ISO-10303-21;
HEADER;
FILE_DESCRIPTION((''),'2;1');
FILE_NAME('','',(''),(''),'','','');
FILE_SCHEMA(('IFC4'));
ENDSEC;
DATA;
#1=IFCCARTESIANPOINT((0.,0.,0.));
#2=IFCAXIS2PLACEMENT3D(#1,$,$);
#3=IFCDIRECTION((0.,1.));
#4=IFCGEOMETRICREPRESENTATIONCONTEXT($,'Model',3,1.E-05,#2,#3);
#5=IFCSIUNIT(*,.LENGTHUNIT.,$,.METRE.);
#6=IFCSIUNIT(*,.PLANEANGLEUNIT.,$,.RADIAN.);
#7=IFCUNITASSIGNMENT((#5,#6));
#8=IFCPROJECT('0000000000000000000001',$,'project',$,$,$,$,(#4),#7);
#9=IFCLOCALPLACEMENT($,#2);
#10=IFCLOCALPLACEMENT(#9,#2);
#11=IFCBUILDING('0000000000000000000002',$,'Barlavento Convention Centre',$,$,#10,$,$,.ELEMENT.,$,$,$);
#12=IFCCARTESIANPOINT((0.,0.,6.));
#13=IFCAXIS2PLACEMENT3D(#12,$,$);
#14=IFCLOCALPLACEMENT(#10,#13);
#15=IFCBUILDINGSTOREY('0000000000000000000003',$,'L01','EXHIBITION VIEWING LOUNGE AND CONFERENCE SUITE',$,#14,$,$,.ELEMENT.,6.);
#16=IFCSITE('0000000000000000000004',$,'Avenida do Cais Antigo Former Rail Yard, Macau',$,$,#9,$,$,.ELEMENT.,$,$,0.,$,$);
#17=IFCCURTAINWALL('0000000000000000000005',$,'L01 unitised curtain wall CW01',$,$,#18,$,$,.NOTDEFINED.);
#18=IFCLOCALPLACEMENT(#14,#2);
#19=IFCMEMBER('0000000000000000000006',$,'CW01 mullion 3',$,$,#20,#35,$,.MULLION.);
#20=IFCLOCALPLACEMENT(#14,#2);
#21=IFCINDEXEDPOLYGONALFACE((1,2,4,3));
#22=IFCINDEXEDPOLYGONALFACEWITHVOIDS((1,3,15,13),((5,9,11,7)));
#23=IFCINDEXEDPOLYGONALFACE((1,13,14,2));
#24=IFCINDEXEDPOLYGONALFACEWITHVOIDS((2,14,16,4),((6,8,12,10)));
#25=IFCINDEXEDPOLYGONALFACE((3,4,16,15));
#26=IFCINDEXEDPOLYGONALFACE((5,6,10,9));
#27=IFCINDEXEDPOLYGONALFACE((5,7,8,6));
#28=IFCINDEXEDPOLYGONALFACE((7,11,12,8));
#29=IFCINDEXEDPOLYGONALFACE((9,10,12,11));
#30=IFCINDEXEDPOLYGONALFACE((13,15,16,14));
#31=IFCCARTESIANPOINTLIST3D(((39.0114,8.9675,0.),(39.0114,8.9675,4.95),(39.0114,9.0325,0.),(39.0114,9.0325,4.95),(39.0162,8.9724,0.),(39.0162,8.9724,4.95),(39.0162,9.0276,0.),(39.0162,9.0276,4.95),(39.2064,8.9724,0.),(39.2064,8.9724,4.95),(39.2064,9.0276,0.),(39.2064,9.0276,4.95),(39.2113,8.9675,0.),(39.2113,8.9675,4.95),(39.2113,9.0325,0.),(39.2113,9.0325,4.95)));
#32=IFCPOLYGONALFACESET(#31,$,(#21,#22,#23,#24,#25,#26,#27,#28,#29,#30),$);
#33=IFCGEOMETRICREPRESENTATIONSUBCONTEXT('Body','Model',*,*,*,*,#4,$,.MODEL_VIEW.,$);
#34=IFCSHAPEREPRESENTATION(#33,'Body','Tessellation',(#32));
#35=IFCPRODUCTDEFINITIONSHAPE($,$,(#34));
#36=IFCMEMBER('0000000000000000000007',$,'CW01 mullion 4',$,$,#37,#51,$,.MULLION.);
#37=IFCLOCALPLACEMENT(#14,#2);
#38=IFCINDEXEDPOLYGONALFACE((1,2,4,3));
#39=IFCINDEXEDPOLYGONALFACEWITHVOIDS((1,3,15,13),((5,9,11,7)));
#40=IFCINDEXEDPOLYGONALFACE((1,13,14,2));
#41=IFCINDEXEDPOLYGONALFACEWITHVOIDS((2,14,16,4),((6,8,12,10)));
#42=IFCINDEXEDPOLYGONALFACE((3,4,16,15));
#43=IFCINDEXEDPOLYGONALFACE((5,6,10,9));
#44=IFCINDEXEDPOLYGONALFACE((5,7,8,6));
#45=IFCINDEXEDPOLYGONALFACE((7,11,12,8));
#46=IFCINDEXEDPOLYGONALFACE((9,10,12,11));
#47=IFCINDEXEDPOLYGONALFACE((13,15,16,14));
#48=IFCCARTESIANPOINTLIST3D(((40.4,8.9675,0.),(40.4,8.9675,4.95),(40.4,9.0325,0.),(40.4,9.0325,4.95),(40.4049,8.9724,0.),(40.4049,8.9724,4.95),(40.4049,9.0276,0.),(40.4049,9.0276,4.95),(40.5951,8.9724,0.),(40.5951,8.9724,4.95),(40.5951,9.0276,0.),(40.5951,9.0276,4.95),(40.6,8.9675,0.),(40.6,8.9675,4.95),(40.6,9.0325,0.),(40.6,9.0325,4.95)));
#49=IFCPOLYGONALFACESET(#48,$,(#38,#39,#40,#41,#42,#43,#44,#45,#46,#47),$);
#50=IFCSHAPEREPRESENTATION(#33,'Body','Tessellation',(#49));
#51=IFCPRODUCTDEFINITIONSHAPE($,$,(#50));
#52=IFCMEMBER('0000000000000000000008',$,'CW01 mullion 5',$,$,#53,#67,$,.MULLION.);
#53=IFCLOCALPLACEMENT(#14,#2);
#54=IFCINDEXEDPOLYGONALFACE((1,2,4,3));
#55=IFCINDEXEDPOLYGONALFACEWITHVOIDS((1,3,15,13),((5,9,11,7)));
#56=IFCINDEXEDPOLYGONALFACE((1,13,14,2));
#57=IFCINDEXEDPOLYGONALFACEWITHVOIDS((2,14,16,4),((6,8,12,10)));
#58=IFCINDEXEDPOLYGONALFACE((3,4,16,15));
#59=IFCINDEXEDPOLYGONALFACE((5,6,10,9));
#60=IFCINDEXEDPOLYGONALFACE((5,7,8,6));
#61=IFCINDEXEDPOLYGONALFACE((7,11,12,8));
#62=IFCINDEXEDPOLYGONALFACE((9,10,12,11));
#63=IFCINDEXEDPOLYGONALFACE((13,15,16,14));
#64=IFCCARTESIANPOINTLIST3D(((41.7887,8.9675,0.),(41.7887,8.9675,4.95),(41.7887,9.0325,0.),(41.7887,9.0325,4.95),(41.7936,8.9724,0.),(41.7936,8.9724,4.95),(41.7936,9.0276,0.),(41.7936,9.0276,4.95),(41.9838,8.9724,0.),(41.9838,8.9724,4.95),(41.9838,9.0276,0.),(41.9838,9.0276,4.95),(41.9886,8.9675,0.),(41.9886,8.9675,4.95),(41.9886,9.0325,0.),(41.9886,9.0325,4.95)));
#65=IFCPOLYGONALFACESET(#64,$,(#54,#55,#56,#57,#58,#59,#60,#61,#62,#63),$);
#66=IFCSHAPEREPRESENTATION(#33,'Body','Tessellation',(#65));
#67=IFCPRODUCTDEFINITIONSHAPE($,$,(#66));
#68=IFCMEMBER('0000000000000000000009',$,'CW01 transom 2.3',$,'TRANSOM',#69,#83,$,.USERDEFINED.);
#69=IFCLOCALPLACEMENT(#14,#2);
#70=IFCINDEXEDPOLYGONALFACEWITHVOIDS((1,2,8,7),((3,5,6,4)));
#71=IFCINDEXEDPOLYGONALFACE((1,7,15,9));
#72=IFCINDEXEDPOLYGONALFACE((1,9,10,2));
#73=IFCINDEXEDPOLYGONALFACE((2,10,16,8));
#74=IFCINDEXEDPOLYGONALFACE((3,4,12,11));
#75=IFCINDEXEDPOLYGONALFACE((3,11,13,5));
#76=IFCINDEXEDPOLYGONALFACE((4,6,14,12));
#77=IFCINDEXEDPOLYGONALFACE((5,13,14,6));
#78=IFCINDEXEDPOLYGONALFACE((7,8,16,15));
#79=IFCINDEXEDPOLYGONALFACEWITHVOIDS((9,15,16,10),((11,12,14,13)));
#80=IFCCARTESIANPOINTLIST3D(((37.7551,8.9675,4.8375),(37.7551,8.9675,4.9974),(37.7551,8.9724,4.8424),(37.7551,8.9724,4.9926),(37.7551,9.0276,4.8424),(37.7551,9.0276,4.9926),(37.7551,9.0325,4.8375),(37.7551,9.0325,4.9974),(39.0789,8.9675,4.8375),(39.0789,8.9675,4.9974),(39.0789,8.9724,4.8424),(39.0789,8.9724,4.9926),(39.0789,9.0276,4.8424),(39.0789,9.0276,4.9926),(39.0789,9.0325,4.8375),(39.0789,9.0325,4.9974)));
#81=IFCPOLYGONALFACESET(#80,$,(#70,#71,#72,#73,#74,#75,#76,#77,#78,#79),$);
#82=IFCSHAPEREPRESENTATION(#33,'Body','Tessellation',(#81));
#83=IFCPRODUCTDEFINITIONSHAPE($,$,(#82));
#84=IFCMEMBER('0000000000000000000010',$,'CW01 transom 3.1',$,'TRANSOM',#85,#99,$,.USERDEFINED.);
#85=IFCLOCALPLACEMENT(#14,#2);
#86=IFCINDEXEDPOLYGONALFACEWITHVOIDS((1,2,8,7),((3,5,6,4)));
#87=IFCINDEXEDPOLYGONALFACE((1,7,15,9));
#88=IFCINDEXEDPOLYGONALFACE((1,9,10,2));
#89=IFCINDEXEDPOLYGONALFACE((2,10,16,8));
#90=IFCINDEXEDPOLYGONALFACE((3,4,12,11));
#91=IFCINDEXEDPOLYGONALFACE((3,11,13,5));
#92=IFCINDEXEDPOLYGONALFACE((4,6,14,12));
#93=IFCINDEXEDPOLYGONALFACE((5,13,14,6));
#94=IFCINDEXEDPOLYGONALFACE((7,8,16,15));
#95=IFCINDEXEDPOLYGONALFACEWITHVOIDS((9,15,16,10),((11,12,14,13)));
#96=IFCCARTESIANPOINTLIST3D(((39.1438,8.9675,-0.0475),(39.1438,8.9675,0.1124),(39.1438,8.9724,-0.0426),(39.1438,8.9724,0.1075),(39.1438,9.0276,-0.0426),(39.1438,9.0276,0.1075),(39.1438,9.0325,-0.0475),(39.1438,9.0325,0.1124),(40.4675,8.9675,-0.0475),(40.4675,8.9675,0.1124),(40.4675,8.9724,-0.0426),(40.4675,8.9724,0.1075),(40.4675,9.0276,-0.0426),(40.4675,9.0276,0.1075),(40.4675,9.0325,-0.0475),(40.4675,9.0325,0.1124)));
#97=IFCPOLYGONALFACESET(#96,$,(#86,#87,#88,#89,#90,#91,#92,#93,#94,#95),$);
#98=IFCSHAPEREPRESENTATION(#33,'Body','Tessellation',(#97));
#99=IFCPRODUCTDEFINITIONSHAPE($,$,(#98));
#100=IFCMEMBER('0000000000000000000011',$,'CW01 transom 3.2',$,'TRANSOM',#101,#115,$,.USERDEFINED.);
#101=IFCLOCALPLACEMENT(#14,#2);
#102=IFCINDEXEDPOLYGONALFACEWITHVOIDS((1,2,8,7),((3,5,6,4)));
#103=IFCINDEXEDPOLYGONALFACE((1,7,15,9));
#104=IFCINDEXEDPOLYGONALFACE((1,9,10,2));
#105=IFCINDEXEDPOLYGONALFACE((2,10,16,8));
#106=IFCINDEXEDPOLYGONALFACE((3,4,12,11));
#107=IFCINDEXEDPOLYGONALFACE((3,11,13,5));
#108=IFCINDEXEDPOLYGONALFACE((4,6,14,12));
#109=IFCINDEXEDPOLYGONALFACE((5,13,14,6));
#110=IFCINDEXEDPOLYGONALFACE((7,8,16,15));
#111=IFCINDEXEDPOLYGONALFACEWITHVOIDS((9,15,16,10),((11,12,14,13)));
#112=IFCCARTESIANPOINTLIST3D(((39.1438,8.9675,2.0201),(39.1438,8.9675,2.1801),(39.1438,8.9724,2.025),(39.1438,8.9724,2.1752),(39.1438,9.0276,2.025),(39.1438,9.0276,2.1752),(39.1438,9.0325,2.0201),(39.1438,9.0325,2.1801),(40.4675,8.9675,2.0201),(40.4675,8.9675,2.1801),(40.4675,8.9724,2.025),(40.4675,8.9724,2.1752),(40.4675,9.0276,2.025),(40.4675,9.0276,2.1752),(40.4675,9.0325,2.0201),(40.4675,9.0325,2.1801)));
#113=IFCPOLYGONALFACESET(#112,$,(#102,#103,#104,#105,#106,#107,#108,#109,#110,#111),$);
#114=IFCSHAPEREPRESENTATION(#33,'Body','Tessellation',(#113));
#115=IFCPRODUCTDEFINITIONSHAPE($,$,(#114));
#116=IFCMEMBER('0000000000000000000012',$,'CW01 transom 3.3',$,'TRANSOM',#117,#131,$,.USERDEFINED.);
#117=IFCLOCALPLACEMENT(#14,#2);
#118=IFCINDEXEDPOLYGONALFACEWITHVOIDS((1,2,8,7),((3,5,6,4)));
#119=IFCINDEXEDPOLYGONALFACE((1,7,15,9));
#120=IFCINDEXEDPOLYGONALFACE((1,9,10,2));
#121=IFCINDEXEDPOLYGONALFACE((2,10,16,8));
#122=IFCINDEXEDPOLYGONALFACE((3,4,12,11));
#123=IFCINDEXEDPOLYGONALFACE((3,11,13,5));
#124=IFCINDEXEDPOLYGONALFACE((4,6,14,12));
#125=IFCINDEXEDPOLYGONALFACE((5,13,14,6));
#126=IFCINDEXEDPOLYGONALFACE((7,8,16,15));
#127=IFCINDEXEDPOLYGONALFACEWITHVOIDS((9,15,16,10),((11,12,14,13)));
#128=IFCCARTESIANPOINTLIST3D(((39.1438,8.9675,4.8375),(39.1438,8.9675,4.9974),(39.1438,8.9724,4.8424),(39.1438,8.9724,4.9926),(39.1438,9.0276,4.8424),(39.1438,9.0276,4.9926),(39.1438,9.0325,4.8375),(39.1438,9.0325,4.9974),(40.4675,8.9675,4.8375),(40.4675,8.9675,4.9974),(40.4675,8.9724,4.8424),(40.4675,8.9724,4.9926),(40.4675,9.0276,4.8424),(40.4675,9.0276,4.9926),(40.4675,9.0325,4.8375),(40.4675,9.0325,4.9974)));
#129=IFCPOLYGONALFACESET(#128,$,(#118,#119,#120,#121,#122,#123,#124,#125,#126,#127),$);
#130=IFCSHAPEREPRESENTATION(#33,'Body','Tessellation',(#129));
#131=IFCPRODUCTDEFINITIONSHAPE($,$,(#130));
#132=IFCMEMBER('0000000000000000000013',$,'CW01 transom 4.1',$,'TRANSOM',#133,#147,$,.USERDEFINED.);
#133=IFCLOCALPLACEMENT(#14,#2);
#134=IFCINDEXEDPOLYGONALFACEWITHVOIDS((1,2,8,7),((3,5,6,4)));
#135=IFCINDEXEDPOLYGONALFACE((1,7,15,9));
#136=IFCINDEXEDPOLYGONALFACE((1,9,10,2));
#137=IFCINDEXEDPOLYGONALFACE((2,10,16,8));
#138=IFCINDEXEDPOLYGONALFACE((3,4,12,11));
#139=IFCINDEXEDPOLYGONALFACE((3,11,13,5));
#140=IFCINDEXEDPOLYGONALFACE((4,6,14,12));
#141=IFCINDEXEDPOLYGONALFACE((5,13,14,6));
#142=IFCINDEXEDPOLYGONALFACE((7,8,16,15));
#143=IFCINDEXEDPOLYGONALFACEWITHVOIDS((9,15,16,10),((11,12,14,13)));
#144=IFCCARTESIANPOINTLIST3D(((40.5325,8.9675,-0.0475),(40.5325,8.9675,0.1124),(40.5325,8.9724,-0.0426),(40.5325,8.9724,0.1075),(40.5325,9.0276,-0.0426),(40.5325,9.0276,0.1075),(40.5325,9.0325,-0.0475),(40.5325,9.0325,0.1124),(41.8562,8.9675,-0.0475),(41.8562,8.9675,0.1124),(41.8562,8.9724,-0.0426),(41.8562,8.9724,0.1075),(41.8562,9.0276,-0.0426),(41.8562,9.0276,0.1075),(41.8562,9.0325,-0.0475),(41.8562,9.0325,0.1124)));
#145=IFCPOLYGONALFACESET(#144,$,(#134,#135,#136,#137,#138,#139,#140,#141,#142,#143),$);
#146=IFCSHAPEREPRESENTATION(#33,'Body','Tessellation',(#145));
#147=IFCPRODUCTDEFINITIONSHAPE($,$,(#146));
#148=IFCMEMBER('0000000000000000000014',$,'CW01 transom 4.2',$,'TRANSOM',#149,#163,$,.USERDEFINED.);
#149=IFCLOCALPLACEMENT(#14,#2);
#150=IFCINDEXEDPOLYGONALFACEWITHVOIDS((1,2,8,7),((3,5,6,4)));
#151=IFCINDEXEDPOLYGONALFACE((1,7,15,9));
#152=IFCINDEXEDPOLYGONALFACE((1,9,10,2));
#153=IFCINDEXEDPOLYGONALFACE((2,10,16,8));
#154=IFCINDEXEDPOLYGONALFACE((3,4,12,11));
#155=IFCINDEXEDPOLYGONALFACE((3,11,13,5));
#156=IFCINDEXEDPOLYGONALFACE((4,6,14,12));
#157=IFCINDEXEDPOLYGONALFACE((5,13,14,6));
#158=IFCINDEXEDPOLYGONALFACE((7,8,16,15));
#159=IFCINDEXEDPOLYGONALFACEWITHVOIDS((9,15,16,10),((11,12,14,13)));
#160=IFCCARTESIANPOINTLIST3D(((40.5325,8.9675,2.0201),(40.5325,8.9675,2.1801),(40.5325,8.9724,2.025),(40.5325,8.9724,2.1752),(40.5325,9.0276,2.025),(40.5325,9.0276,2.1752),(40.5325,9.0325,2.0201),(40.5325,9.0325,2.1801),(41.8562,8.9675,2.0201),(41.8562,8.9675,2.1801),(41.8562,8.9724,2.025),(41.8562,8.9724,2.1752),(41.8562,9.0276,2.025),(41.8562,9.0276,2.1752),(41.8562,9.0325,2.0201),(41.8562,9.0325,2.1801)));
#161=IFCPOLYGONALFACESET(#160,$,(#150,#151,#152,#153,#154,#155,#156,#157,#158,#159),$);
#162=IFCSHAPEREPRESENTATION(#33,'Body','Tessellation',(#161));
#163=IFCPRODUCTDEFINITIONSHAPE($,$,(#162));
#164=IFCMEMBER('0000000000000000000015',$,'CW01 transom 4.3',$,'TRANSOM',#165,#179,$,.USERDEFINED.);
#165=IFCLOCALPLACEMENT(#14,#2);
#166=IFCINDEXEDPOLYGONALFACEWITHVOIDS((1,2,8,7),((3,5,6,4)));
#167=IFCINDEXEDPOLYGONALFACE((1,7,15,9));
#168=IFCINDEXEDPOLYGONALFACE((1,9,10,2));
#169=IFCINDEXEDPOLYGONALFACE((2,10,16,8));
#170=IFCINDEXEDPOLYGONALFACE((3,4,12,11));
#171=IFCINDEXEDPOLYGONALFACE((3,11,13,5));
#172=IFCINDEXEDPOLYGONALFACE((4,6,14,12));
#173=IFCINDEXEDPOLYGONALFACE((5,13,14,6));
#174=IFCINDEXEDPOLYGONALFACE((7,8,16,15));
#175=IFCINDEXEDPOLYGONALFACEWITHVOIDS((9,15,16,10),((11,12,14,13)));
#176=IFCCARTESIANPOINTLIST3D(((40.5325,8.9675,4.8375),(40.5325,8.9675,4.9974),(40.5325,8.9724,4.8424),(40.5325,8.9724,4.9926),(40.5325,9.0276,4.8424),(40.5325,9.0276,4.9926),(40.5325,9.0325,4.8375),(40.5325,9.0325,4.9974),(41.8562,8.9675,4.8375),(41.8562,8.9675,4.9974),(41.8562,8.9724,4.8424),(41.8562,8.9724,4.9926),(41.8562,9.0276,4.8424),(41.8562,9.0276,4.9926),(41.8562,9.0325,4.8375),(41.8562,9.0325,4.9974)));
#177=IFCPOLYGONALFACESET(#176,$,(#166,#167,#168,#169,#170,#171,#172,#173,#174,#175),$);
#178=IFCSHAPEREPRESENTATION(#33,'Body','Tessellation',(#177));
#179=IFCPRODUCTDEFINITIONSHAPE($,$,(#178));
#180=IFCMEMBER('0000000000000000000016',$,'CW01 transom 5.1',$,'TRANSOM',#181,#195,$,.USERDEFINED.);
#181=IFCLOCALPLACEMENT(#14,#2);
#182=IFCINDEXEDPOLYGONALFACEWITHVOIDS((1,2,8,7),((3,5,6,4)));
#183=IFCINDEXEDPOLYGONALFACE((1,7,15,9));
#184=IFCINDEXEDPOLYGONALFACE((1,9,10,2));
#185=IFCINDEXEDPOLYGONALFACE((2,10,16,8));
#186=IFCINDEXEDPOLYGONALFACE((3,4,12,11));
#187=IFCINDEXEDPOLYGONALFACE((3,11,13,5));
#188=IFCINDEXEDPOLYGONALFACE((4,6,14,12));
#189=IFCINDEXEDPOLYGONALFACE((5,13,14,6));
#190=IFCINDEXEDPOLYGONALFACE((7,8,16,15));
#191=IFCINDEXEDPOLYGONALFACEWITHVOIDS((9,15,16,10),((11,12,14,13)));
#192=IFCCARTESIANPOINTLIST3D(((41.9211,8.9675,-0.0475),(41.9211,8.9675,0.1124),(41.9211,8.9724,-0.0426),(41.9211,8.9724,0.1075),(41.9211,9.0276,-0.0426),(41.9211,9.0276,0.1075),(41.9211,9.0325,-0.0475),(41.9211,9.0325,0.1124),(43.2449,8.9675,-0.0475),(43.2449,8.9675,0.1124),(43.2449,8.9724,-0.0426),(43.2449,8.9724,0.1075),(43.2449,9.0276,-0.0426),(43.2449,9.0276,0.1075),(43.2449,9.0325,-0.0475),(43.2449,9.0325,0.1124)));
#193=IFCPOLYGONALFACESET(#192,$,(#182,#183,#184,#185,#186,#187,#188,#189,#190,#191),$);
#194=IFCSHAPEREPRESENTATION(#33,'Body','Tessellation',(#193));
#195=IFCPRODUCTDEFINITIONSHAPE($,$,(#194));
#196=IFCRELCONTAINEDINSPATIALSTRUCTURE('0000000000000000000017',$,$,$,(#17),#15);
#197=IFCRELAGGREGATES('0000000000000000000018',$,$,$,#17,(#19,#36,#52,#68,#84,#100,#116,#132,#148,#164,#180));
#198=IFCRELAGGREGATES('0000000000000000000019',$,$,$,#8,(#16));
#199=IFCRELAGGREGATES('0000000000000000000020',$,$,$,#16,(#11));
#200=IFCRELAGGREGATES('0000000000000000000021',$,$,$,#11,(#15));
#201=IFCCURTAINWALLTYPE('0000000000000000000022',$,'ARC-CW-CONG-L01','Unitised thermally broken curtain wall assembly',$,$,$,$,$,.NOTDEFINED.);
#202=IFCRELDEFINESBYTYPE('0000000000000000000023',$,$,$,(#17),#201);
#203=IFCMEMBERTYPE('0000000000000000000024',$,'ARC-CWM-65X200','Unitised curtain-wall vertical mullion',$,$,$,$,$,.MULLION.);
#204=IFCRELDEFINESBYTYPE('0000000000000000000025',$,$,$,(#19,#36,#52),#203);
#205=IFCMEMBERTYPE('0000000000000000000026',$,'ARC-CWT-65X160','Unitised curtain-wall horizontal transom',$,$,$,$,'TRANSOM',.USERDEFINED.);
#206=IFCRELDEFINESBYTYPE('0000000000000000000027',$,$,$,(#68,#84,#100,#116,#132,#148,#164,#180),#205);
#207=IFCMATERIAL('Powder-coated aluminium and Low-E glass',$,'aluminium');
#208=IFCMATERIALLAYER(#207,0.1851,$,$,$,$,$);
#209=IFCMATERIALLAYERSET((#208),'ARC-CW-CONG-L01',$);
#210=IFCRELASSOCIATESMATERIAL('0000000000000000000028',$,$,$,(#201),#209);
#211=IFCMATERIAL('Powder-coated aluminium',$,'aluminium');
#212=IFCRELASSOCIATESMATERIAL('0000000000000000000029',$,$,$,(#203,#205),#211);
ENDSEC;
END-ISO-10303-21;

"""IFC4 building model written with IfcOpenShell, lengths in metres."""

from ifc_helpers import new_model, si_unit, direction, frame, origin, origin_2d, place, context, subcontext, project, spatial, hollow_rectangle, extrude, material, layer, layer_set, material_profile, profile_set, type_object, element, aggregate, save


model = new_model("IFC4")

# Units and contexts
model_context = context("Model", 3, precision=1e-05, world=origin(), true_north=direction((0.0, 1.0)))
body_context = subcontext(model_context, "Body", "Model", "MODEL_VIEW")
ifc_project = project(units=[si_unit("LENGTHUNIT", "METRE"), si_unit("PLANEANGLEUNIT", "RADIAN")], contexts=[model_context])

# Site, building, storey
site_placement = place(None, origin())
site = spatial("IfcSite", under=ifc_project, at=site_placement, Name="Avenida do Cais Antigo Former Rail Yard, Macau", CompositionType="ELEMENT", RefElevation=0.0)
building_placement = place(site_placement, origin())
building = spatial("IfcBuilding", under=site, at=building_placement, Name="Barlavento Convention Centre", CompositionType="ELEMENT")
storey_placement = place(building_placement, frame((0.0, 0.0, 6.0)))
storey = spatial("IfcBuildingStorey", under=building, at=storey_placement, Name="L01", Description="EXHIBITION VIEWING LOUNGE AND CONFERENCE SUITE", CompositionType="ELEMENT", Elevation=6.0)

# Curtain wall, members
ifc_material_1 = material(Name="Powder-coated aluminium and Low-E glass", Category="aluminium")
ifc_layer_1 = layer(ifc_material_1, 0.1851)
ifc_layer_set_1 = layer_set([ifc_layer_1], Name="ARC-CW-CONG-L01")
curtain_wall_type = type_object("IfcCurtainWallType", Name="ARC-CW-CONG-L01", Description="Unitised thermally broken curtain wall assembly", PredefinedType="NOTDEFINED", material=ifc_layer_set_1)
curtain_wall_placement = place(storey_placement, origin())
curtain_wall = element("IfcCurtainWall", 1, at=curtain_wall_placement, inside=storey, type_object=curtain_wall_type, Name="L01 unitised curtain wall CW01", PredefinedType="NOTDEFINED")
ifc_material_2 = material(Name="Powder-coated aluminium", Category="aluminium")
ifc_material_profile_1 = material_profile(ifc_material_2, hollow_rectangle(XDim=0.0649, YDim=0.2, WallThickness=0.0049, at=origin_2d()), Name="AL-MULL 65x200x5")
ifc_profile_set_1 = profile_set([ifc_material_profile_1], Name="Powder-coated aluminium")
member_type_1 = type_object("IfcMemberType", Name="ARC-CWM-65X200", Description="Unitised curtain-wall vertical mullion", PredefinedType="MULLION", material=ifc_profile_set_1)
member_1_placement = place(storey_placement, frame((39.1113, 9.0, 0.0), z_axis=(0.0, 0.0, 1.0), x_axis=(0.0, 1.0, 0.0)))
member_1 = element("IfcMember", 2, at=member_1_placement, type_object=member_type_1, Name="CW01 mullion 3", PredefinedType="MULLION", context=body_context, shape_type="SweptSolid", body=[
    extrude(hollow_rectangle(XDim=0.0649, YDim=0.2, WallThickness=0.0049, at=origin_2d()), origin(), (0.0, 0.0, 1.0), 4.95),
])
member_2_placement = place(storey_placement, frame((40.5, 9.0, 0.0), z_axis=(0.0, 0.0, 1.0), x_axis=(0.0, 1.0, 0.0)))
member_2 = element("IfcMember", 3, at=member_2_placement, type_object=member_type_1, Name="CW01 mullion 4", PredefinedType="MULLION", context=body_context, shape_type="SweptSolid", body=[
    extrude(hollow_rectangle(XDim=0.0649, YDim=0.2, WallThickness=0.0049, at=origin_2d()), origin(), (0.0, 0.0, 1.0), 4.95),
])
member_3_placement = place(storey_placement, frame((41.8887, 9.0, 0.0), z_axis=(0.0, 0.0, 1.0), x_axis=(0.0, 1.0, 0.0)))
member_3 = element("IfcMember", 4, at=member_3_placement, type_object=member_type_1, Name="CW01 mullion 5", PredefinedType="MULLION", context=body_context, shape_type="SweptSolid", body=[
    extrude(hollow_rectangle(XDim=0.0649, YDim=0.2, WallThickness=0.0049, at=origin_2d()), origin(), (0.0, 0.0, 1.0), 4.95),
])
ifc_material_profile_2 = material_profile(ifc_material_2, hollow_rectangle(XDim=0.0649, YDim=0.1599, WallThickness=0.0049, at=origin_2d()), Name="AL-TRAN 65x160x5")
ifc_profile_set_2 = profile_set([ifc_material_profile_2], Name="Powder-coated aluminium")
member_type_2 = type_object("IfcMemberType", Name="ARC-CWT-65X160", Description="Unitised curtain-wall horizontal transom", ElementType="TRANSOM", PredefinedType="USERDEFINED", material=ifc_profile_set_2)
member_4_placement = place(storey_placement, frame((37.7551, 9.0, 4.9175), z_axis=(1.0, 0.0, 0.0), x_axis=(0.0, 1.0, 0.0)))
member_4 = element("IfcMember", 5, at=member_4_placement, type_object=member_type_2, Name="CW01 transom 2.3", ObjectType="TRANSOM", PredefinedType="USERDEFINED", context=body_context, shape_type="SweptSolid", body=[
    extrude(hollow_rectangle(XDim=0.0649, YDim=0.1599, WallThickness=0.0049, at=origin_2d()), origin(), (0.0, 0.0, 1.0), 1.3237),
])
member_5_placement = place(storey_placement, frame((39.1438, 9.0, 0.0325), z_axis=(1.0, 0.0, 0.0), x_axis=(0.0, 1.0, 0.0)))
member_5 = element("IfcMember", 6, at=member_5_placement, type_object=member_type_2, Name="CW01 transom 3.1", ObjectType="TRANSOM", PredefinedType="USERDEFINED", context=body_context, shape_type="SweptSolid", body=[
    extrude(hollow_rectangle(XDim=0.0649, YDim=0.1599, WallThickness=0.0049, at=origin_2d()), origin(), (0.0, 0.0, 1.0), 1.3237),
])
member_6_placement = place(storey_placement, frame((39.1438, 9.0, 2.1001), z_axis=(1.0, 0.0, 0.0), x_axis=(0.0, 1.0, 0.0)))
member_6 = element("IfcMember", 7, at=member_6_placement, type_object=member_type_2, Name="CW01 transom 3.2", ObjectType="TRANSOM", PredefinedType="USERDEFINED", context=body_context, shape_type="SweptSolid", body=[
    extrude(hollow_rectangle(XDim=0.0649, YDim=0.1599, WallThickness=0.0049, at=origin_2d()), origin(), (0.0, 0.0, 1.0), 1.3237),
])
member_7_placement = place(storey_placement, frame((39.1438, 9.0, 4.9175), z_axis=(1.0, 0.0, 0.0), x_axis=(0.0, 1.0, 0.0)))
member_7 = element("IfcMember", 8, at=member_7_placement, type_object=member_type_2, Name="CW01 transom 3.3", ObjectType="TRANSOM", PredefinedType="USERDEFINED", context=body_context, shape_type="SweptSolid", body=[
    extrude(hollow_rectangle(XDim=0.0649, YDim=0.1599, WallThickness=0.0049, at=origin_2d()), origin(), (0.0, 0.0, 1.0), 1.3237),
])
member_8_placement = place(storey_placement, frame((40.5325, 9.0, 0.0325), z_axis=(1.0, 0.0, 0.0), x_axis=(0.0, 1.0, 0.0)))
member_8 = element("IfcMember", 9, at=member_8_placement, type_object=member_type_2, Name="CW01 transom 4.1", ObjectType="TRANSOM", PredefinedType="USERDEFINED", context=body_context, shape_type="SweptSolid", body=[
    extrude(hollow_rectangle(XDim=0.0649, YDim=0.1599, WallThickness=0.0049, at=origin_2d()), origin(), (0.0, 0.0, 1.0), 1.3237),
])
member_9_placement = place(storey_placement, frame((40.5325, 9.0, 2.1001), z_axis=(1.0, 0.0, 0.0), x_axis=(0.0, 1.0, 0.0)))
member_9 = element("IfcMember", 10, at=member_9_placement, type_object=member_type_2, Name="CW01 transom 4.2", ObjectType="TRANSOM", PredefinedType="USERDEFINED", context=body_context, shape_type="SweptSolid", body=[
    extrude(hollow_rectangle(XDim=0.0649, YDim=0.1599, WallThickness=0.0049, at=origin_2d()), origin(), (0.0, 0.0, 1.0), 1.3237),
])
member_10_placement = place(storey_placement, frame((40.5325, 9.0, 4.9175), z_axis=(1.0, 0.0, 0.0), x_axis=(0.0, 1.0, 0.0)))
member_10 = element("IfcMember", 11, at=member_10_placement, type_object=member_type_2, Name="CW01 transom 4.3", ObjectType="TRANSOM", PredefinedType="USERDEFINED", context=body_context, shape_type="SweptSolid", body=[
    extrude(hollow_rectangle(XDim=0.0649, YDim=0.1599, WallThickness=0.0049, at=origin_2d()), origin(), (0.0, 0.0, 1.0), 1.3237),
])
member_11_placement = place(storey_placement, frame((41.9211, 9.0, 0.0325), z_axis=(1.0, 0.0, 0.0), x_axis=(0.0, 1.0, 0.0)))
member_11 = element("IfcMember", 12, at=member_11_placement, type_object=member_type_2, Name="CW01 transom 5.1", ObjectType="TRANSOM", PredefinedType="USERDEFINED", context=body_context, shape_type="SweptSolid", body=[
    extrude(hollow_rectangle(XDim=0.0649, YDim=0.1599, WallThickness=0.0049, at=origin_2d()), origin(), (0.0, 0.0, 1.0), 1.3237),
])
aggregate(curtain_wall, [member_1, member_2, member_3, member_4, member_5, member_6, member_7, member_8, member_9, member_10, member_11])

save(model, "model.ifc")
